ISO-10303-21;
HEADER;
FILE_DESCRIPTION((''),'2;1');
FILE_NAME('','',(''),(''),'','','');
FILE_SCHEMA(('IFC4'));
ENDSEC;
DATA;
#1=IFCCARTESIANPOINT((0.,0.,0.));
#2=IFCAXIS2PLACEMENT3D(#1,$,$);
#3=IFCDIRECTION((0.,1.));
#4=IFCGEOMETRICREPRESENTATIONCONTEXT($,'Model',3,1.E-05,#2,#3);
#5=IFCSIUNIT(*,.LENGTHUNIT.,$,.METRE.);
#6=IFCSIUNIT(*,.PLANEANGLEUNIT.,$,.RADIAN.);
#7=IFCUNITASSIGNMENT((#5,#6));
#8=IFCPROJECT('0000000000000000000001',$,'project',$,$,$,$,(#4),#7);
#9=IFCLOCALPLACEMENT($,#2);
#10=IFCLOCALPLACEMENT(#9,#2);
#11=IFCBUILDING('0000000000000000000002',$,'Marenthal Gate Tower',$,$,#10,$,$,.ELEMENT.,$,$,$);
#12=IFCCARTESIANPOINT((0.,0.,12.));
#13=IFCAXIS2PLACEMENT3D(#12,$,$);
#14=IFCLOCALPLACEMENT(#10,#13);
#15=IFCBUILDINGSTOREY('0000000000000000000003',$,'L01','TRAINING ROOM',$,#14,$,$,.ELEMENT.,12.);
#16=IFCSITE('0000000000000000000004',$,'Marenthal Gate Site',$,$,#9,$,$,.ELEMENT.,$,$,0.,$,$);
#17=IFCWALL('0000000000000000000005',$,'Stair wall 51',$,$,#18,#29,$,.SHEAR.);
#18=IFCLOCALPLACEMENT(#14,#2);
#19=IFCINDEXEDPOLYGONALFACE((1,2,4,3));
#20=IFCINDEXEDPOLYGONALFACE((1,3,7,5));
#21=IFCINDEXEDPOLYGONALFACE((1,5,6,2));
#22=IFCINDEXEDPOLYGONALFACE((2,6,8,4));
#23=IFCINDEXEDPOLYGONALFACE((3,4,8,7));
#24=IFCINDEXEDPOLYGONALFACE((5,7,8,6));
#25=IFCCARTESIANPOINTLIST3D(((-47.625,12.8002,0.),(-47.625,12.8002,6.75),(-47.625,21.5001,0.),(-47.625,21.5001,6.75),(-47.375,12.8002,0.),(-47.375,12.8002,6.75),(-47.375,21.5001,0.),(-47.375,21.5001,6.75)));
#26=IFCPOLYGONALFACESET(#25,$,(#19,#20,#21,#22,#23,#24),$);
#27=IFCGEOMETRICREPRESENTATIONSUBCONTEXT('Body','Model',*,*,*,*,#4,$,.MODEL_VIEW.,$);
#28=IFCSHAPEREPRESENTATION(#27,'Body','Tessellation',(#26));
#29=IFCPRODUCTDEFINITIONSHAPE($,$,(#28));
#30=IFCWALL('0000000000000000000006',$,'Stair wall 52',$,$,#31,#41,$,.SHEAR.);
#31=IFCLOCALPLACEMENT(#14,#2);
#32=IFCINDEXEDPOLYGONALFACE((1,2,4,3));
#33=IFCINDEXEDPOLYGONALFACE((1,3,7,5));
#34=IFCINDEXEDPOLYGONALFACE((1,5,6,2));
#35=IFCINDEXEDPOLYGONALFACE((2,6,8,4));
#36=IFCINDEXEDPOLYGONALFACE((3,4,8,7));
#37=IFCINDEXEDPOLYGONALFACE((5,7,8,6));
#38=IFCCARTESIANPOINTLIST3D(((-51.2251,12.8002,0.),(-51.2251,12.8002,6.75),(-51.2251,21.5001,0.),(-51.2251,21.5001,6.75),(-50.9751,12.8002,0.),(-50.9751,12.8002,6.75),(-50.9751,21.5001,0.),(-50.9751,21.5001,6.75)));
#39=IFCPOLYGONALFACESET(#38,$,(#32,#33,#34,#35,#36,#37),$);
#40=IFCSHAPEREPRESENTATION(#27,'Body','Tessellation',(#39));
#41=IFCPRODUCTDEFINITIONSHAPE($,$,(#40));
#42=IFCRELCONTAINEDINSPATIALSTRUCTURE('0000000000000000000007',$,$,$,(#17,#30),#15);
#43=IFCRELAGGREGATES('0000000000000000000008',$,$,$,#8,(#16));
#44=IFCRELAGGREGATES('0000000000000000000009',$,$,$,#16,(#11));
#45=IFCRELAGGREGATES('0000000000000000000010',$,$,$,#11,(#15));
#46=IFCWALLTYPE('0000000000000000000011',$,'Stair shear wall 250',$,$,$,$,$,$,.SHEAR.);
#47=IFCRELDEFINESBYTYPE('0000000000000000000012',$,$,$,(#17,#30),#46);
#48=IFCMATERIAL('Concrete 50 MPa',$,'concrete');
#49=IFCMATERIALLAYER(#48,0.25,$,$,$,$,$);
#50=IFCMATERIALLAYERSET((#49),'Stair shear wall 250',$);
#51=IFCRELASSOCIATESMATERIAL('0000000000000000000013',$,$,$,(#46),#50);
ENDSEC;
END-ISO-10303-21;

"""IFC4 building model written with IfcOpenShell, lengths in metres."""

from ifc_helpers import new_model, si_unit, direction, frame, frame_2d, origin, place, context, subcontext, project, spatial, rectangle, extrude, material, layer, layer_set, type_object, element, save


model = new_model("IFC4")

# Units and contexts
model_context = context("Model", 3, precision=1e-05, world=origin(), true_north=direction((0.0, 1.0)))
body_context = subcontext(model_context, "Body", "Model", "MODEL_VIEW")
ifc_project = project(units=[si_unit("LENGTHUNIT", "METRE"), si_unit("PLANEANGLEUNIT", "RADIAN")], contexts=[model_context])

# Site, building, storey
site_placement = place(None, origin())
site = spatial("IfcSite", under=ifc_project, at=site_placement, Name="Marenthal Gate Site", CompositionType="ELEMENT", RefElevation=0.0)
building_placement = place(site_placement, origin())
building = spatial("IfcBuilding", under=site, at=building_placement, Name="Marenthal Gate Tower", CompositionType="ELEMENT")
storey_placement = place(building_placement, frame((0.0, 0.0, 12.0)))
storey = spatial("IfcBuildingStorey", under=building, at=storey_placement, Name="L01", Description="TRAINING ROOM", CompositionType="ELEMENT", Elevation=12.0)

# Shared definitions
ifc_material_1 = material(Name="Concrete 50 MPa", Category="concrete")
ifc_layer_1 = layer(ifc_material_1, 0.25)
ifc_layer_set_1 = layer_set([ifc_layer_1], Name="Stair shear wall 250")
wall_type_1 = type_object("IfcWallType", Name="Stair shear wall 250", PredefinedType="SHEAR", material=ifc_layer_set_1)

# Walls
for number, where, z_axis, x_axis, name in (
    (1, (-47.5, 12.8, 0.0), (0.0, 0.0, 1.0), (0.0, 1.0, 0.0), "Stair wall 51"),
    (2, (-51.1001, 12.8, 0.0), (0.0, 0.0, 1.0), (0.0, 1.0, 0.0), "Stair wall 52"),
):
    element("IfcWall", number, at=place(storey_placement, frame(where, z_axis=z_axis, x_axis=x_axis)), inside=storey, type_object=wall_type_1, Name=name, PredefinedType="SHEAR", context=body_context, shape_type="SweptSolid", body=[
        extrude(rectangle(XDim=8.7, YDim=0.25, at=frame_2d((4.3501, 0.0))), origin(), (0.0, 0.0, 1.0), 6.75),
    ])

save(model, "model.ifc")
